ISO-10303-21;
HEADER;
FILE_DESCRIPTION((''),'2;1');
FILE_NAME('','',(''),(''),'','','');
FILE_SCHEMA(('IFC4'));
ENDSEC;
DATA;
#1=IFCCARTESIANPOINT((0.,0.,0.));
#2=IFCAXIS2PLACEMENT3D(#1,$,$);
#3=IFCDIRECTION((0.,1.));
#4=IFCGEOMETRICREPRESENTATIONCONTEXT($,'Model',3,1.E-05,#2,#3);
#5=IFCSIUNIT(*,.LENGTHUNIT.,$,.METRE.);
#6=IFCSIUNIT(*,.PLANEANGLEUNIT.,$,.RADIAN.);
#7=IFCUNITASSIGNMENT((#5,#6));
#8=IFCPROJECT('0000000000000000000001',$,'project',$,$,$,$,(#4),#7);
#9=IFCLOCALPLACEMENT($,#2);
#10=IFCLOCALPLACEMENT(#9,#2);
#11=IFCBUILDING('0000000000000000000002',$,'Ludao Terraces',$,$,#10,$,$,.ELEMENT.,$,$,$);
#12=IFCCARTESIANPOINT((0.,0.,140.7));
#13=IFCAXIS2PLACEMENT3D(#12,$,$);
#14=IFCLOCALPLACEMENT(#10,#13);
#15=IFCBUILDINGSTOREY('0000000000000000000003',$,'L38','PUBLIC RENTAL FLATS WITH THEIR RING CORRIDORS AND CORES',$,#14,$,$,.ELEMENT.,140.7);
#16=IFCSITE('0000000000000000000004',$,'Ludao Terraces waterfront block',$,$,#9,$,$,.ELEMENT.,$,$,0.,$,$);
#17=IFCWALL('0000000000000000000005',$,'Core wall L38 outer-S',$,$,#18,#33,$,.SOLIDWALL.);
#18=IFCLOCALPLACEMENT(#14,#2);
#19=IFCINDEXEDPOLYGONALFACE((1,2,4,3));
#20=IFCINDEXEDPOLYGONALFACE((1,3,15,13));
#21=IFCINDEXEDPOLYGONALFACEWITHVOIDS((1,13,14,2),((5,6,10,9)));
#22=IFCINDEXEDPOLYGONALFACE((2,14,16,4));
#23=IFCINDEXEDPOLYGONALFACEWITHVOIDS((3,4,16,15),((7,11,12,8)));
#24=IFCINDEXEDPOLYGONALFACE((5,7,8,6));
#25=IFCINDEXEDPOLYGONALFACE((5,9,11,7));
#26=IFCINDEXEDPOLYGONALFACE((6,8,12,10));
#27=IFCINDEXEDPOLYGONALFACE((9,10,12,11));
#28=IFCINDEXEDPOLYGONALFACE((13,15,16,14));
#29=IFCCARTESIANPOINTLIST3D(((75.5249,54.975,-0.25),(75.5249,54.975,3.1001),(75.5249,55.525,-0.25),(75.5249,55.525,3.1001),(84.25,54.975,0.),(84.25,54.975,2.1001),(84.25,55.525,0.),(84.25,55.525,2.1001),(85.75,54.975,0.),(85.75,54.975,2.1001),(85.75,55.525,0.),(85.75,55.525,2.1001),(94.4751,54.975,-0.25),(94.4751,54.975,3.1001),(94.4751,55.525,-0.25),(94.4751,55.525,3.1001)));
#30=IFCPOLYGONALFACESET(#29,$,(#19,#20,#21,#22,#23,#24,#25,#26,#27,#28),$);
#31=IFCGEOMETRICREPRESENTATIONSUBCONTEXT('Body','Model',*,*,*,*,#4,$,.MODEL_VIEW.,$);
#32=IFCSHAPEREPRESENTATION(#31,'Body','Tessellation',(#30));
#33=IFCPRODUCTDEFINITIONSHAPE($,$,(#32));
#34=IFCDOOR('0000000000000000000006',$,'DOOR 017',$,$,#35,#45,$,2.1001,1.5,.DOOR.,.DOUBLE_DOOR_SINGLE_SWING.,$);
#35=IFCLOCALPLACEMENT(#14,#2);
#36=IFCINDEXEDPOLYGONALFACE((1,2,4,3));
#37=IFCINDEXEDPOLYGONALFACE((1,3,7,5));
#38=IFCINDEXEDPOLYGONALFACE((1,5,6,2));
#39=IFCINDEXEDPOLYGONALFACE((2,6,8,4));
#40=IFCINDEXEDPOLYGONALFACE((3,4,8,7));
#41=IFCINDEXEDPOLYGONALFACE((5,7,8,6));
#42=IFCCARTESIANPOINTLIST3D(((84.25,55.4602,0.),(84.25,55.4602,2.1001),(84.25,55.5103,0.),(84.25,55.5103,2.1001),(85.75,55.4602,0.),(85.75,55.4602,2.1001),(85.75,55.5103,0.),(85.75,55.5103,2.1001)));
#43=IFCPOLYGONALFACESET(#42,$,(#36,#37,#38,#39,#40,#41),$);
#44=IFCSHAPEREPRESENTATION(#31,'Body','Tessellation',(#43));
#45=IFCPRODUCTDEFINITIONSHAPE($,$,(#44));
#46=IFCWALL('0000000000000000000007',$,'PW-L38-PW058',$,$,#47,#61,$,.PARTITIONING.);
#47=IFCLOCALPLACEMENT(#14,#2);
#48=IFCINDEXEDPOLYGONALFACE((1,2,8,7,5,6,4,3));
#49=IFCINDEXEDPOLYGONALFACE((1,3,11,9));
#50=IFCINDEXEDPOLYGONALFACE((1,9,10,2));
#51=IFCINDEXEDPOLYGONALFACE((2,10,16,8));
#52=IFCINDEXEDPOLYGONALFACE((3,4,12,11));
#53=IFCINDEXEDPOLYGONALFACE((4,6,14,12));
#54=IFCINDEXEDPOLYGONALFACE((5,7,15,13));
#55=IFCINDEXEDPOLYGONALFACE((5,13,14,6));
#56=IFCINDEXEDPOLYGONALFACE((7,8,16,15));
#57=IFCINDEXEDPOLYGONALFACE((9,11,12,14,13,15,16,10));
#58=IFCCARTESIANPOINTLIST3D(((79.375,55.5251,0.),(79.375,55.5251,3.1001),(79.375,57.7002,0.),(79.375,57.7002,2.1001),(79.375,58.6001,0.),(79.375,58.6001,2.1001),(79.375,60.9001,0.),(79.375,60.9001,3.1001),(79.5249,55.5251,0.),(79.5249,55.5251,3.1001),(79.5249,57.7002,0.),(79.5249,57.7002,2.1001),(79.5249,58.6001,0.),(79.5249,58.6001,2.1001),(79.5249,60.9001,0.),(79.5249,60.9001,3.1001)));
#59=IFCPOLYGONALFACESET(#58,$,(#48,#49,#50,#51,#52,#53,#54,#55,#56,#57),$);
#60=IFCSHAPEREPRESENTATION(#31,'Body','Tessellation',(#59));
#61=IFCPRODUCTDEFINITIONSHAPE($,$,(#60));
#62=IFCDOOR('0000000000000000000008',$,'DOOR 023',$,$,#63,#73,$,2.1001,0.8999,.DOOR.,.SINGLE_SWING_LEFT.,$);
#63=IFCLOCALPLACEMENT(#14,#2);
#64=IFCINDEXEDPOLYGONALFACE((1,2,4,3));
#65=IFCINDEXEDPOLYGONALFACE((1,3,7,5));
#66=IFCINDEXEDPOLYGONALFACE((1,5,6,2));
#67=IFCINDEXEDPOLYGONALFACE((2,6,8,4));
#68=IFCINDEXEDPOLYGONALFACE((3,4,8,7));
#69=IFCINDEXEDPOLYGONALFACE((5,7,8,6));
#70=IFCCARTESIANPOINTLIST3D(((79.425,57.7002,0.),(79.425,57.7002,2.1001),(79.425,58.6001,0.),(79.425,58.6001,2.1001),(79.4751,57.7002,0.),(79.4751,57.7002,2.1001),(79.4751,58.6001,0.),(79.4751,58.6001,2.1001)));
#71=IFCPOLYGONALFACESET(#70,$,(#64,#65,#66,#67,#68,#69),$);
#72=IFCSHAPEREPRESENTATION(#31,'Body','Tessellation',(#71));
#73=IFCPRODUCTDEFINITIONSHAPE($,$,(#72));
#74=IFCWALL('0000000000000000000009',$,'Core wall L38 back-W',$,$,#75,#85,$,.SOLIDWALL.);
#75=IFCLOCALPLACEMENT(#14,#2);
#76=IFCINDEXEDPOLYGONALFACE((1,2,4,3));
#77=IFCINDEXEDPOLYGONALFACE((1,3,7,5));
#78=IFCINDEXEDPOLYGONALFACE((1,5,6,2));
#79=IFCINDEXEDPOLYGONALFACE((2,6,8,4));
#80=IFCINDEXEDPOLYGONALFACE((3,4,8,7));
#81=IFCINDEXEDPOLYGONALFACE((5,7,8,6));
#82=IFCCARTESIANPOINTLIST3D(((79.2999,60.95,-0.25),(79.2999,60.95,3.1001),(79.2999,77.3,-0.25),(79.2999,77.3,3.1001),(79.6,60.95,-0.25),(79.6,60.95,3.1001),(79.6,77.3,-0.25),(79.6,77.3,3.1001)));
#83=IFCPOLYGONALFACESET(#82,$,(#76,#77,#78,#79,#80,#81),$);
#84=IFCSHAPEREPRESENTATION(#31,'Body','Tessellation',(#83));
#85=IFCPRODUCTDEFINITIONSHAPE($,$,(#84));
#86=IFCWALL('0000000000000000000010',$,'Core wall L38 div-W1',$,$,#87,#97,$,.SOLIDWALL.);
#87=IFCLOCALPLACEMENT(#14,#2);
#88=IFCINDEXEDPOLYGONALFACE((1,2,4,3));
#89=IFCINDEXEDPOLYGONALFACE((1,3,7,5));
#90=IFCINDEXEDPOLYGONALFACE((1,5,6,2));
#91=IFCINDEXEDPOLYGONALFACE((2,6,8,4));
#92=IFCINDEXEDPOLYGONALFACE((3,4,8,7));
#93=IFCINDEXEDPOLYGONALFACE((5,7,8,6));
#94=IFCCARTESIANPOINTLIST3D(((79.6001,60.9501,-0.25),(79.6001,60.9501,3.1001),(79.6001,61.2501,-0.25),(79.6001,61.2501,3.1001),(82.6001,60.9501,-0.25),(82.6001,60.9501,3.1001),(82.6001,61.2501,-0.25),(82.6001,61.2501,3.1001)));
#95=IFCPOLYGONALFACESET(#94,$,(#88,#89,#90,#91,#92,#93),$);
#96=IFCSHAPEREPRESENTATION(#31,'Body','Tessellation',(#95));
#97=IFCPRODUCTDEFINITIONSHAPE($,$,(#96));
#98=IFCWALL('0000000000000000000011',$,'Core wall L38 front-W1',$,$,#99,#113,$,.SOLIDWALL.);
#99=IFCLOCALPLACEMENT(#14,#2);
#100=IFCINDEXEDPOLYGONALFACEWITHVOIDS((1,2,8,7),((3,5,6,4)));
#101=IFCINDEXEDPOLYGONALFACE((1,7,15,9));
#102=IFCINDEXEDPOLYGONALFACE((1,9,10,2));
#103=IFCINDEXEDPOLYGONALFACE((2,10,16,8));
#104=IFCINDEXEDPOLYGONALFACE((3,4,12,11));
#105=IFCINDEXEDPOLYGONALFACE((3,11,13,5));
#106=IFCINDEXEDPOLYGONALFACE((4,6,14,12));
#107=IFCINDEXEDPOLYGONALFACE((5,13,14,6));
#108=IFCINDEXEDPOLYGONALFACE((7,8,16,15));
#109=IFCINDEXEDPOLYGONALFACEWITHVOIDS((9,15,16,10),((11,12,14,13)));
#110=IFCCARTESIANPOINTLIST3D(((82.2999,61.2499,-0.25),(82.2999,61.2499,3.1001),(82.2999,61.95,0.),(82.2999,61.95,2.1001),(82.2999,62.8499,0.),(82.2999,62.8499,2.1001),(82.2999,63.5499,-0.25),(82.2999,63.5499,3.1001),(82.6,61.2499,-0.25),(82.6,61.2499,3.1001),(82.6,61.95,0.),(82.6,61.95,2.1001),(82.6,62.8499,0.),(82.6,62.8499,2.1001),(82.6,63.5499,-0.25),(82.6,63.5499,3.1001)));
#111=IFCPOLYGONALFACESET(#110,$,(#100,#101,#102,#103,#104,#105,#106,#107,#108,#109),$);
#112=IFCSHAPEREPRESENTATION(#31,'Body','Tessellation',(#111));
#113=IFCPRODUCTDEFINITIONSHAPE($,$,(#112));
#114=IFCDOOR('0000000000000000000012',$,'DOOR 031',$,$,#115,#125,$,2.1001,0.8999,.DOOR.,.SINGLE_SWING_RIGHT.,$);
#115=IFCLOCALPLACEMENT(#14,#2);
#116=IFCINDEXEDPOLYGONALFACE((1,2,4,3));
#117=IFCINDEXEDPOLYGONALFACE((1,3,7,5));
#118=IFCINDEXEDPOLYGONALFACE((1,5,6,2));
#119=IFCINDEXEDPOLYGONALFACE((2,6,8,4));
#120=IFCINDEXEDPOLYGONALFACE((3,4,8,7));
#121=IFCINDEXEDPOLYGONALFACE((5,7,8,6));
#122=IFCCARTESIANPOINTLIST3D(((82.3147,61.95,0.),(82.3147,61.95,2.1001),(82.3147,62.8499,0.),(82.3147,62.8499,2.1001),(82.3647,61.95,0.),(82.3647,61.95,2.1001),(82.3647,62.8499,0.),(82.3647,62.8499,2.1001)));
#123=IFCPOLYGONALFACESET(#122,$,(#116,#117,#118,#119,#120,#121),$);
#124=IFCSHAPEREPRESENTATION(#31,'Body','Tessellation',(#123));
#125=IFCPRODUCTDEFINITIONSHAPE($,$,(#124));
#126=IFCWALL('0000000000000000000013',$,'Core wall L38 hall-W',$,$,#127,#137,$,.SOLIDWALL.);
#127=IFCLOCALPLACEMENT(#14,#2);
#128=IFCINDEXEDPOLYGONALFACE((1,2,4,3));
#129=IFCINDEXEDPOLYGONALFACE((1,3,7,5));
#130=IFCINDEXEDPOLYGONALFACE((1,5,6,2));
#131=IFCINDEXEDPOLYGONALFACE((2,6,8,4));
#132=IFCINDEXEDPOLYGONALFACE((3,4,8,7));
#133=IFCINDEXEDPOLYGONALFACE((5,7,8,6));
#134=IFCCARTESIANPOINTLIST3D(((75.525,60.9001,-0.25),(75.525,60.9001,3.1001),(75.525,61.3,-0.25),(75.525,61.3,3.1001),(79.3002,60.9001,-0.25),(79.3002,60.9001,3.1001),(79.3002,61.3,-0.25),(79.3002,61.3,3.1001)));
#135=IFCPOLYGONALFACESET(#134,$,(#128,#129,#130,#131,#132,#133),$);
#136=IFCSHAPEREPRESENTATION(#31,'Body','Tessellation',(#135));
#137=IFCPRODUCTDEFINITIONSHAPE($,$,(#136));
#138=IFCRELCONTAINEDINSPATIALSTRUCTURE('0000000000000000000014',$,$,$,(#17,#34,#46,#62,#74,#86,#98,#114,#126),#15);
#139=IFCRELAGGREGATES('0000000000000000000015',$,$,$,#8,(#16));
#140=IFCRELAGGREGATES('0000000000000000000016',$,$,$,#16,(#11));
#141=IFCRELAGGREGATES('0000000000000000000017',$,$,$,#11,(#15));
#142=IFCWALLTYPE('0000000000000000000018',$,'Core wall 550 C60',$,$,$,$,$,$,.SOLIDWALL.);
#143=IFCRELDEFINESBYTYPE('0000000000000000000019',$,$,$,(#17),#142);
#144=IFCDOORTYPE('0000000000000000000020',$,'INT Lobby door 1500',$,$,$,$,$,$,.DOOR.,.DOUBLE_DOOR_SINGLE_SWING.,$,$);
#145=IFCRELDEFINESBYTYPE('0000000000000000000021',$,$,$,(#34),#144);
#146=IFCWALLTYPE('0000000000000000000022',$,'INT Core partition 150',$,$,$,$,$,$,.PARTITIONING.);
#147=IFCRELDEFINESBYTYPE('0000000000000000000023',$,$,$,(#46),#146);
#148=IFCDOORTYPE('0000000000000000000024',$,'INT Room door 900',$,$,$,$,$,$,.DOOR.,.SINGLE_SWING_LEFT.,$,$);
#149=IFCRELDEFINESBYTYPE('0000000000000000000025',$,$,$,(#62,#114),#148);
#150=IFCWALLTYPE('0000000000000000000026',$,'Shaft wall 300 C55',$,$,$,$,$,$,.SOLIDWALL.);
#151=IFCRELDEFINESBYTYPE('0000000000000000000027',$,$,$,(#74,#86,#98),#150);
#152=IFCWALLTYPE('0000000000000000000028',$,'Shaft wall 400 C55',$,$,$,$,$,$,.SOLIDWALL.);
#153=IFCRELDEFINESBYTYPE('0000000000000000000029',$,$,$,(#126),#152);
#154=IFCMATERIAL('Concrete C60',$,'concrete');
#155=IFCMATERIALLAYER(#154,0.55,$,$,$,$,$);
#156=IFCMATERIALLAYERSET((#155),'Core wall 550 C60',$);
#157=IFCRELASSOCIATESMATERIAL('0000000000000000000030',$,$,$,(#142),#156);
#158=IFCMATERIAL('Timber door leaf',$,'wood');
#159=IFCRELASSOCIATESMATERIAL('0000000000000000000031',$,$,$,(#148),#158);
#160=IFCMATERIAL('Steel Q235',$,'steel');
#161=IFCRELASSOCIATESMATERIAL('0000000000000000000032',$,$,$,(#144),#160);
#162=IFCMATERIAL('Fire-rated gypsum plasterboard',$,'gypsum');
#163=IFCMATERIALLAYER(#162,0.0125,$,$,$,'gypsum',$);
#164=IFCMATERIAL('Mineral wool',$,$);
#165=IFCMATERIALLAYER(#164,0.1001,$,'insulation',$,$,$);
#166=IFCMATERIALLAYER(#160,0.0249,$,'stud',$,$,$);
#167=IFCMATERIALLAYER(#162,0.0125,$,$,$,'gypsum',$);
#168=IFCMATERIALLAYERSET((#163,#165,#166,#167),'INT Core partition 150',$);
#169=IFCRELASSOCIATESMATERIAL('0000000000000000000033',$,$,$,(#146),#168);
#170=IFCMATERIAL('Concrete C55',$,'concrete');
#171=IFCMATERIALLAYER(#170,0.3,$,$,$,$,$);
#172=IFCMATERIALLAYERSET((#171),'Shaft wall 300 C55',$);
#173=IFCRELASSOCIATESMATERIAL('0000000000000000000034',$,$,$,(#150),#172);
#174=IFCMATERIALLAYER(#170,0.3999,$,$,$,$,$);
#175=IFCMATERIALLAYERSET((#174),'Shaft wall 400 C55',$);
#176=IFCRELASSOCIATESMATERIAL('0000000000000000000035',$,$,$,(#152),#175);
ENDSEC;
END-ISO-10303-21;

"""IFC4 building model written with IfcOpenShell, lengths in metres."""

from ifc_helpers import new_model, si_unit, direction, frame, frame_2d, origin, place, context, subcontext, project, spatial, rectangle, extrude, material, layer, layer_set, type_object, element, fill, save


model = new_model("IFC4")

# Units and contexts
model_context = context("Model", 3, precision=1e-05, world=origin(), true_north=direction((0.0, 1.0)))
body_context = subcontext(model_context, "Body", "Model", "MODEL_VIEW")
ifc_project = project(units=[si_unit("LENGTHUNIT", "METRE"), si_unit("PLANEANGLEUNIT", "RADIAN")], contexts=[model_context])

# Site, building, storey
site_placement = place(None, origin())
site = spatial("IfcSite", under=ifc_project, at=site_placement, Name="Ludao Terraces waterfront block", CompositionType="ELEMENT", RefElevation=0.0)
building_placement = place(site_placement, origin())
building = spatial("IfcBuilding", under=site, at=building_placement, Name="Ludao Terraces", CompositionType="ELEMENT")
storey_placement = place(building_placement, frame((0.0, 0.0, 140.7)))
storey = spatial("IfcBuildingStorey", under=building, at=storey_placement, Name="L38", Description="PUBLIC RENTAL FLATS WITH THEIR RING CORRIDORS AND CORES", CompositionType="ELEMENT", Elevation=140.7)

# Shared definitions
ifc_material_1 = material(Name="Concrete C60", Category="concrete")
ifc_layer_1 = layer(ifc_material_1, 0.55)
ifc_layer_set_1 = layer_set([ifc_layer_1], Name="Core wall 550 C60")
wall_type_1 = type_object("IfcWallType", Name="Core wall 550 C60", PredefinedType="SOLIDWALL", material=ifc_layer_set_1)
ifc_material_2 = material(Name="Steel Q235", Category="steel")
ifc_material_3 = material(Name="Timber door leaf", Category="wood")
door_type_1 = type_object("IfcDoorType", Name="INT Room door 900", OperationType="SINGLE_SWING_LEFT", PredefinedType="DOOR", material=ifc_material_3)

# Walls, openings, doors
wall_1_placement = place(storey_placement, frame((75.5249, 55.25, -0.25), z_axis=(0.0, 0.0, 1.0), x_axis=(1.0, 0.0, 0.0)))
wall_1 = element("IfcWall", 1, at=wall_1_placement, inside=storey, type_object=wall_type_1, Name="Core wall L38 outer-S", PredefinedType="SOLIDWALL", context=body_context, shape_type="SweptSolid", body=[
    extrude(rectangle(XDim=18.9502, YDim=0.55, at=frame_2d((9.4751, 0.0))), origin(), (0.0, 0.0, 1.0), 3.3501),
])
opening_1_placement = place(wall_1_placement, frame((8.7251, 0.0, 0.25)))
opening_1 = element("IfcOpeningElement", 2, at=opening_1_placement, cuts=wall_1, PredefinedType="OPENING", context=body_context, shape_type="SweptSolid", body=[
    extrude(rectangle(XDim=1.5, YDim=2.1001, at=frame_2d((0.75, 1.05))), frame((0.0, 0.2852, 0.0), z_axis=(0.0, -1.0, 0.0), x_axis=(1.0, 0.0, 0.0)), (0.0, 0.0, 1.0), 0.5701),
])
door_type_2 = type_object("IfcDoorType", Name="INT Lobby door 1500", OperationType="DOUBLE_DOOR_SINGLE_SWING", PredefinedType="DOOR", material=ifc_material_2)
door_1_placement = place(opening_1_placement, origin())
door_1 = element("IfcDoor", 3, at=door_1_placement, inside=storey, type_object=door_type_2, Name="DOOR 017", OperationType="DOUBLE_DOOR_SINGLE_SWING", OverallHeight=2.1001, OverallWidth=1.5, PredefinedType="DOOR", context=body_context, shape_type="SweptSolid", body=[
    extrude(rectangle(XDim=1.5, YDim=2.1001, at=frame_2d((0.75, 1.05))), frame((0.0, 0.2603, 0.0), z_axis=(0.0, -1.0, 0.0), x_axis=(1.0, 0.0, 0.0)), (0.0, 0.0, 1.0), 0.05),
])
fill(opening_1, door_1)
ifc_material_4 = material(Name="Fire-rated gypsum plasterboard", Category="gypsum")
ifc_layer_2 = layer(ifc_material_4, 0.0125, Category="gypsum")
ifc_material_5 = material(Name="Mineral wool")
ifc_layer_3 = layer(ifc_material_5, 0.1001, Name="insulation")
ifc_layer_4 = layer(ifc_material_2, 0.0249, Name="stud")
ifc_layer_5 = layer(ifc_material_4, 0.0125, Category="gypsum")
ifc_layer_set_2 = layer_set([ifc_layer_2, ifc_layer_3, ifc_layer_4, ifc_layer_5], Name="INT Core partition 150")
wall_type_2 = type_object("IfcWallType", Name="INT Core partition 150", PredefinedType="PARTITIONING", material=ifc_layer_set_2)
wall_2_placement = place(storey_placement, frame((79.45, 55.5251, 0.0), z_axis=(0.0, 0.0, 1.0), x_axis=(0.0, 1.0, 0.0)))
wall_2 = element("IfcWall", 4, at=wall_2_placement, inside=storey, type_object=wall_type_2, Name="PW-L38-PW058", PredefinedType="PARTITIONING", context=body_context, shape_type="SweptSolid", body=[
    extrude(rectangle(XDim=5.375, YDim=0.1499, at=frame_2d((2.6875, 0.0))), origin(), (0.0, 0.0, 1.0), 3.1001),
])
opening_2_placement = place(wall_2_placement, frame((2.175, 0.0, 0.0)))
opening_2 = element("IfcOpeningElement", 5, at=opening_2_placement, cuts=wall_2, PredefinedType="OPENING", context=body_context, shape_type="SweptSolid", body=[
    extrude(rectangle(XDim=0.8999, YDim=2.1001, at=frame_2d((0.45, 1.05))), frame((0.0, 0.085, 0.0), z_axis=(0.0, -1.0, 0.0), x_axis=(1.0, 0.0, 0.0)), (0.0, 0.0, 1.0), 0.1699),
])
door_2_placement = place(opening_2_placement, origin())
door_2 = element("IfcDoor", 6, at=door_2_placement, inside=storey, type_object=door_type_1, Name="DOOR 023", OperationType="SINGLE_SWING_LEFT", OverallHeight=2.1001, OverallWidth=0.8999, PredefinedType="DOOR", context=body_context, shape_type="SweptSolid", body=[
    extrude(rectangle(XDim=0.8999, YDim=2.1001, at=frame_2d((0.45, 1.05))), frame((0.0, 0.0249, 0.0), z_axis=(0.0, -1.0, 0.0), x_axis=(1.0, 0.0, 0.0)), (0.0, 0.0, 1.0), 0.05),
])
fill(opening_2, door_2)

# Walls
ifc_material_6 = material(Name="Concrete C55", Category="concrete")
ifc_layer_6 = layer(ifc_material_6, 0.3)
ifc_layer_set_3 = layer_set([ifc_layer_6], Name="Shaft wall 300 C55")
wall_type_3 = type_object("IfcWallType", Name="Shaft wall 300 C55", PredefinedType="SOLIDWALL", material=ifc_layer_set_3)
wall_3_placement = place(storey_placement, frame((79.45, 60.95, -0.25), z_axis=(0.0, 0.0, 1.0), x_axis=(0.0, 1.0, 0.0)))
element("IfcWall", 7, at=wall_3_placement, inside=storey, type_object=wall_type_3, Name="Core wall L38 back-W", PredefinedType="SOLIDWALL", context=body_context, shape_type="SweptSolid", body=[
    extrude(rectangle(XDim=16.3501, YDim=0.3, at=frame_2d((8.175, 0.0))), origin(), (0.0, 0.0, 1.0), 3.3501),
])
wall_4_placement = place(storey_placement, frame((79.6001, 61.1001, -0.25), z_axis=(0.0, 0.0, 1.0), x_axis=(1.0, 0.0, 0.0)))
element("IfcWall", 8, at=wall_4_placement, inside=storey, type_object=wall_type_3, Name="Core wall L38 div-W1", PredefinedType="SOLIDWALL", context=body_context, shape_type="SweptSolid", body=[
    extrude(rectangle(XDim=3.0, YDim=0.3, at=frame_2d((1.5, 0.0))), origin(), (0.0, 0.0, 1.0), 3.3501),
])

# Wall, opening, door
wall_5_placement = place(storey_placement, frame((82.45, 61.25, -0.25), z_axis=(0.0, 0.0, 1.0), x_axis=(0.0, 1.0, 0.0)))
wall_5 = element("IfcWall", 9, at=wall_5_placement, inside=storey, type_object=wall_type_3, Name="Core wall L38 front-W1", PredefinedType="SOLIDWALL", context=body_context, shape_type="SweptSolid", body=[
    extrude(rectangle(XDim=2.3, YDim=0.3, at=frame_2d((1.1499, 0.0))), origin(), (0.0, 0.0, 1.0), 3.3501),
])
opening_3_placement = place(wall_5_placement, frame((0.7, 0.0, 0.25)))
opening_3 = element("IfcOpeningElement", 10, at=opening_3_placement, cuts=wall_5, PredefinedType="OPENING", context=body_context, shape_type="SweptSolid", body=[
    extrude(rectangle(XDim=0.8999, YDim=2.1001, at=frame_2d((0.45, 1.05))), frame((0.0, 0.1602, 0.0), z_axis=(0.0, -1.0, 0.0), x_axis=(1.0, 0.0, 0.0)), (0.0, 0.0, 1.0), 0.3201),
])
door_3_placement = place(opening_3_placement, origin())
door_3 = element("IfcDoor", 11, at=door_3_placement, inside=storey, type_object=door_type_1, Name="DOOR 031", OperationType="SINGLE_SWING_RIGHT", OverallHeight=2.1001, OverallWidth=0.8999, PredefinedType="DOOR", context=body_context, shape_type="SweptSolid", body=[
    extrude(rectangle(XDim=0.8999, YDim=2.1001, at=frame_2d((0.45, 1.05))), frame((0.0, 0.1353, 0.0), z_axis=(0.0, -1.0, 0.0), x_axis=(1.0, 0.0, 0.0)), (0.0, 0.0, 1.0), 0.05),
])
fill(opening_3, door_3)

# Wall
ifc_layer_7 = layer(ifc_material_6, 0.3999)
ifc_layer_set_4 = layer_set([ifc_layer_7], Name="Shaft wall 400 C55")
wall_type_4 = type_object("IfcWallType", Name="Shaft wall 400 C55", PredefinedType="SOLIDWALL", material=ifc_layer_set_4)
wall_6_placement = place(storey_placement, frame((75.5249, 61.1001, -0.25), z_axis=(0.0, 0.0, 1.0), x_axis=(1.0, 0.0, 0.0)))
element("IfcWall", 12, at=wall_6_placement, inside=storey, type_object=wall_type_4, Name="Core wall L38 hall-W", PredefinedType="SOLIDWALL", context=body_context, shape_type="SweptSolid", body=[
    extrude(rectangle(XDim=3.7751, YDim=0.3999, at=frame_2d((1.8877, 0.0))), origin(), (0.0, 0.0, 1.0), 3.3501),
])

save(model, "model.ifc")
